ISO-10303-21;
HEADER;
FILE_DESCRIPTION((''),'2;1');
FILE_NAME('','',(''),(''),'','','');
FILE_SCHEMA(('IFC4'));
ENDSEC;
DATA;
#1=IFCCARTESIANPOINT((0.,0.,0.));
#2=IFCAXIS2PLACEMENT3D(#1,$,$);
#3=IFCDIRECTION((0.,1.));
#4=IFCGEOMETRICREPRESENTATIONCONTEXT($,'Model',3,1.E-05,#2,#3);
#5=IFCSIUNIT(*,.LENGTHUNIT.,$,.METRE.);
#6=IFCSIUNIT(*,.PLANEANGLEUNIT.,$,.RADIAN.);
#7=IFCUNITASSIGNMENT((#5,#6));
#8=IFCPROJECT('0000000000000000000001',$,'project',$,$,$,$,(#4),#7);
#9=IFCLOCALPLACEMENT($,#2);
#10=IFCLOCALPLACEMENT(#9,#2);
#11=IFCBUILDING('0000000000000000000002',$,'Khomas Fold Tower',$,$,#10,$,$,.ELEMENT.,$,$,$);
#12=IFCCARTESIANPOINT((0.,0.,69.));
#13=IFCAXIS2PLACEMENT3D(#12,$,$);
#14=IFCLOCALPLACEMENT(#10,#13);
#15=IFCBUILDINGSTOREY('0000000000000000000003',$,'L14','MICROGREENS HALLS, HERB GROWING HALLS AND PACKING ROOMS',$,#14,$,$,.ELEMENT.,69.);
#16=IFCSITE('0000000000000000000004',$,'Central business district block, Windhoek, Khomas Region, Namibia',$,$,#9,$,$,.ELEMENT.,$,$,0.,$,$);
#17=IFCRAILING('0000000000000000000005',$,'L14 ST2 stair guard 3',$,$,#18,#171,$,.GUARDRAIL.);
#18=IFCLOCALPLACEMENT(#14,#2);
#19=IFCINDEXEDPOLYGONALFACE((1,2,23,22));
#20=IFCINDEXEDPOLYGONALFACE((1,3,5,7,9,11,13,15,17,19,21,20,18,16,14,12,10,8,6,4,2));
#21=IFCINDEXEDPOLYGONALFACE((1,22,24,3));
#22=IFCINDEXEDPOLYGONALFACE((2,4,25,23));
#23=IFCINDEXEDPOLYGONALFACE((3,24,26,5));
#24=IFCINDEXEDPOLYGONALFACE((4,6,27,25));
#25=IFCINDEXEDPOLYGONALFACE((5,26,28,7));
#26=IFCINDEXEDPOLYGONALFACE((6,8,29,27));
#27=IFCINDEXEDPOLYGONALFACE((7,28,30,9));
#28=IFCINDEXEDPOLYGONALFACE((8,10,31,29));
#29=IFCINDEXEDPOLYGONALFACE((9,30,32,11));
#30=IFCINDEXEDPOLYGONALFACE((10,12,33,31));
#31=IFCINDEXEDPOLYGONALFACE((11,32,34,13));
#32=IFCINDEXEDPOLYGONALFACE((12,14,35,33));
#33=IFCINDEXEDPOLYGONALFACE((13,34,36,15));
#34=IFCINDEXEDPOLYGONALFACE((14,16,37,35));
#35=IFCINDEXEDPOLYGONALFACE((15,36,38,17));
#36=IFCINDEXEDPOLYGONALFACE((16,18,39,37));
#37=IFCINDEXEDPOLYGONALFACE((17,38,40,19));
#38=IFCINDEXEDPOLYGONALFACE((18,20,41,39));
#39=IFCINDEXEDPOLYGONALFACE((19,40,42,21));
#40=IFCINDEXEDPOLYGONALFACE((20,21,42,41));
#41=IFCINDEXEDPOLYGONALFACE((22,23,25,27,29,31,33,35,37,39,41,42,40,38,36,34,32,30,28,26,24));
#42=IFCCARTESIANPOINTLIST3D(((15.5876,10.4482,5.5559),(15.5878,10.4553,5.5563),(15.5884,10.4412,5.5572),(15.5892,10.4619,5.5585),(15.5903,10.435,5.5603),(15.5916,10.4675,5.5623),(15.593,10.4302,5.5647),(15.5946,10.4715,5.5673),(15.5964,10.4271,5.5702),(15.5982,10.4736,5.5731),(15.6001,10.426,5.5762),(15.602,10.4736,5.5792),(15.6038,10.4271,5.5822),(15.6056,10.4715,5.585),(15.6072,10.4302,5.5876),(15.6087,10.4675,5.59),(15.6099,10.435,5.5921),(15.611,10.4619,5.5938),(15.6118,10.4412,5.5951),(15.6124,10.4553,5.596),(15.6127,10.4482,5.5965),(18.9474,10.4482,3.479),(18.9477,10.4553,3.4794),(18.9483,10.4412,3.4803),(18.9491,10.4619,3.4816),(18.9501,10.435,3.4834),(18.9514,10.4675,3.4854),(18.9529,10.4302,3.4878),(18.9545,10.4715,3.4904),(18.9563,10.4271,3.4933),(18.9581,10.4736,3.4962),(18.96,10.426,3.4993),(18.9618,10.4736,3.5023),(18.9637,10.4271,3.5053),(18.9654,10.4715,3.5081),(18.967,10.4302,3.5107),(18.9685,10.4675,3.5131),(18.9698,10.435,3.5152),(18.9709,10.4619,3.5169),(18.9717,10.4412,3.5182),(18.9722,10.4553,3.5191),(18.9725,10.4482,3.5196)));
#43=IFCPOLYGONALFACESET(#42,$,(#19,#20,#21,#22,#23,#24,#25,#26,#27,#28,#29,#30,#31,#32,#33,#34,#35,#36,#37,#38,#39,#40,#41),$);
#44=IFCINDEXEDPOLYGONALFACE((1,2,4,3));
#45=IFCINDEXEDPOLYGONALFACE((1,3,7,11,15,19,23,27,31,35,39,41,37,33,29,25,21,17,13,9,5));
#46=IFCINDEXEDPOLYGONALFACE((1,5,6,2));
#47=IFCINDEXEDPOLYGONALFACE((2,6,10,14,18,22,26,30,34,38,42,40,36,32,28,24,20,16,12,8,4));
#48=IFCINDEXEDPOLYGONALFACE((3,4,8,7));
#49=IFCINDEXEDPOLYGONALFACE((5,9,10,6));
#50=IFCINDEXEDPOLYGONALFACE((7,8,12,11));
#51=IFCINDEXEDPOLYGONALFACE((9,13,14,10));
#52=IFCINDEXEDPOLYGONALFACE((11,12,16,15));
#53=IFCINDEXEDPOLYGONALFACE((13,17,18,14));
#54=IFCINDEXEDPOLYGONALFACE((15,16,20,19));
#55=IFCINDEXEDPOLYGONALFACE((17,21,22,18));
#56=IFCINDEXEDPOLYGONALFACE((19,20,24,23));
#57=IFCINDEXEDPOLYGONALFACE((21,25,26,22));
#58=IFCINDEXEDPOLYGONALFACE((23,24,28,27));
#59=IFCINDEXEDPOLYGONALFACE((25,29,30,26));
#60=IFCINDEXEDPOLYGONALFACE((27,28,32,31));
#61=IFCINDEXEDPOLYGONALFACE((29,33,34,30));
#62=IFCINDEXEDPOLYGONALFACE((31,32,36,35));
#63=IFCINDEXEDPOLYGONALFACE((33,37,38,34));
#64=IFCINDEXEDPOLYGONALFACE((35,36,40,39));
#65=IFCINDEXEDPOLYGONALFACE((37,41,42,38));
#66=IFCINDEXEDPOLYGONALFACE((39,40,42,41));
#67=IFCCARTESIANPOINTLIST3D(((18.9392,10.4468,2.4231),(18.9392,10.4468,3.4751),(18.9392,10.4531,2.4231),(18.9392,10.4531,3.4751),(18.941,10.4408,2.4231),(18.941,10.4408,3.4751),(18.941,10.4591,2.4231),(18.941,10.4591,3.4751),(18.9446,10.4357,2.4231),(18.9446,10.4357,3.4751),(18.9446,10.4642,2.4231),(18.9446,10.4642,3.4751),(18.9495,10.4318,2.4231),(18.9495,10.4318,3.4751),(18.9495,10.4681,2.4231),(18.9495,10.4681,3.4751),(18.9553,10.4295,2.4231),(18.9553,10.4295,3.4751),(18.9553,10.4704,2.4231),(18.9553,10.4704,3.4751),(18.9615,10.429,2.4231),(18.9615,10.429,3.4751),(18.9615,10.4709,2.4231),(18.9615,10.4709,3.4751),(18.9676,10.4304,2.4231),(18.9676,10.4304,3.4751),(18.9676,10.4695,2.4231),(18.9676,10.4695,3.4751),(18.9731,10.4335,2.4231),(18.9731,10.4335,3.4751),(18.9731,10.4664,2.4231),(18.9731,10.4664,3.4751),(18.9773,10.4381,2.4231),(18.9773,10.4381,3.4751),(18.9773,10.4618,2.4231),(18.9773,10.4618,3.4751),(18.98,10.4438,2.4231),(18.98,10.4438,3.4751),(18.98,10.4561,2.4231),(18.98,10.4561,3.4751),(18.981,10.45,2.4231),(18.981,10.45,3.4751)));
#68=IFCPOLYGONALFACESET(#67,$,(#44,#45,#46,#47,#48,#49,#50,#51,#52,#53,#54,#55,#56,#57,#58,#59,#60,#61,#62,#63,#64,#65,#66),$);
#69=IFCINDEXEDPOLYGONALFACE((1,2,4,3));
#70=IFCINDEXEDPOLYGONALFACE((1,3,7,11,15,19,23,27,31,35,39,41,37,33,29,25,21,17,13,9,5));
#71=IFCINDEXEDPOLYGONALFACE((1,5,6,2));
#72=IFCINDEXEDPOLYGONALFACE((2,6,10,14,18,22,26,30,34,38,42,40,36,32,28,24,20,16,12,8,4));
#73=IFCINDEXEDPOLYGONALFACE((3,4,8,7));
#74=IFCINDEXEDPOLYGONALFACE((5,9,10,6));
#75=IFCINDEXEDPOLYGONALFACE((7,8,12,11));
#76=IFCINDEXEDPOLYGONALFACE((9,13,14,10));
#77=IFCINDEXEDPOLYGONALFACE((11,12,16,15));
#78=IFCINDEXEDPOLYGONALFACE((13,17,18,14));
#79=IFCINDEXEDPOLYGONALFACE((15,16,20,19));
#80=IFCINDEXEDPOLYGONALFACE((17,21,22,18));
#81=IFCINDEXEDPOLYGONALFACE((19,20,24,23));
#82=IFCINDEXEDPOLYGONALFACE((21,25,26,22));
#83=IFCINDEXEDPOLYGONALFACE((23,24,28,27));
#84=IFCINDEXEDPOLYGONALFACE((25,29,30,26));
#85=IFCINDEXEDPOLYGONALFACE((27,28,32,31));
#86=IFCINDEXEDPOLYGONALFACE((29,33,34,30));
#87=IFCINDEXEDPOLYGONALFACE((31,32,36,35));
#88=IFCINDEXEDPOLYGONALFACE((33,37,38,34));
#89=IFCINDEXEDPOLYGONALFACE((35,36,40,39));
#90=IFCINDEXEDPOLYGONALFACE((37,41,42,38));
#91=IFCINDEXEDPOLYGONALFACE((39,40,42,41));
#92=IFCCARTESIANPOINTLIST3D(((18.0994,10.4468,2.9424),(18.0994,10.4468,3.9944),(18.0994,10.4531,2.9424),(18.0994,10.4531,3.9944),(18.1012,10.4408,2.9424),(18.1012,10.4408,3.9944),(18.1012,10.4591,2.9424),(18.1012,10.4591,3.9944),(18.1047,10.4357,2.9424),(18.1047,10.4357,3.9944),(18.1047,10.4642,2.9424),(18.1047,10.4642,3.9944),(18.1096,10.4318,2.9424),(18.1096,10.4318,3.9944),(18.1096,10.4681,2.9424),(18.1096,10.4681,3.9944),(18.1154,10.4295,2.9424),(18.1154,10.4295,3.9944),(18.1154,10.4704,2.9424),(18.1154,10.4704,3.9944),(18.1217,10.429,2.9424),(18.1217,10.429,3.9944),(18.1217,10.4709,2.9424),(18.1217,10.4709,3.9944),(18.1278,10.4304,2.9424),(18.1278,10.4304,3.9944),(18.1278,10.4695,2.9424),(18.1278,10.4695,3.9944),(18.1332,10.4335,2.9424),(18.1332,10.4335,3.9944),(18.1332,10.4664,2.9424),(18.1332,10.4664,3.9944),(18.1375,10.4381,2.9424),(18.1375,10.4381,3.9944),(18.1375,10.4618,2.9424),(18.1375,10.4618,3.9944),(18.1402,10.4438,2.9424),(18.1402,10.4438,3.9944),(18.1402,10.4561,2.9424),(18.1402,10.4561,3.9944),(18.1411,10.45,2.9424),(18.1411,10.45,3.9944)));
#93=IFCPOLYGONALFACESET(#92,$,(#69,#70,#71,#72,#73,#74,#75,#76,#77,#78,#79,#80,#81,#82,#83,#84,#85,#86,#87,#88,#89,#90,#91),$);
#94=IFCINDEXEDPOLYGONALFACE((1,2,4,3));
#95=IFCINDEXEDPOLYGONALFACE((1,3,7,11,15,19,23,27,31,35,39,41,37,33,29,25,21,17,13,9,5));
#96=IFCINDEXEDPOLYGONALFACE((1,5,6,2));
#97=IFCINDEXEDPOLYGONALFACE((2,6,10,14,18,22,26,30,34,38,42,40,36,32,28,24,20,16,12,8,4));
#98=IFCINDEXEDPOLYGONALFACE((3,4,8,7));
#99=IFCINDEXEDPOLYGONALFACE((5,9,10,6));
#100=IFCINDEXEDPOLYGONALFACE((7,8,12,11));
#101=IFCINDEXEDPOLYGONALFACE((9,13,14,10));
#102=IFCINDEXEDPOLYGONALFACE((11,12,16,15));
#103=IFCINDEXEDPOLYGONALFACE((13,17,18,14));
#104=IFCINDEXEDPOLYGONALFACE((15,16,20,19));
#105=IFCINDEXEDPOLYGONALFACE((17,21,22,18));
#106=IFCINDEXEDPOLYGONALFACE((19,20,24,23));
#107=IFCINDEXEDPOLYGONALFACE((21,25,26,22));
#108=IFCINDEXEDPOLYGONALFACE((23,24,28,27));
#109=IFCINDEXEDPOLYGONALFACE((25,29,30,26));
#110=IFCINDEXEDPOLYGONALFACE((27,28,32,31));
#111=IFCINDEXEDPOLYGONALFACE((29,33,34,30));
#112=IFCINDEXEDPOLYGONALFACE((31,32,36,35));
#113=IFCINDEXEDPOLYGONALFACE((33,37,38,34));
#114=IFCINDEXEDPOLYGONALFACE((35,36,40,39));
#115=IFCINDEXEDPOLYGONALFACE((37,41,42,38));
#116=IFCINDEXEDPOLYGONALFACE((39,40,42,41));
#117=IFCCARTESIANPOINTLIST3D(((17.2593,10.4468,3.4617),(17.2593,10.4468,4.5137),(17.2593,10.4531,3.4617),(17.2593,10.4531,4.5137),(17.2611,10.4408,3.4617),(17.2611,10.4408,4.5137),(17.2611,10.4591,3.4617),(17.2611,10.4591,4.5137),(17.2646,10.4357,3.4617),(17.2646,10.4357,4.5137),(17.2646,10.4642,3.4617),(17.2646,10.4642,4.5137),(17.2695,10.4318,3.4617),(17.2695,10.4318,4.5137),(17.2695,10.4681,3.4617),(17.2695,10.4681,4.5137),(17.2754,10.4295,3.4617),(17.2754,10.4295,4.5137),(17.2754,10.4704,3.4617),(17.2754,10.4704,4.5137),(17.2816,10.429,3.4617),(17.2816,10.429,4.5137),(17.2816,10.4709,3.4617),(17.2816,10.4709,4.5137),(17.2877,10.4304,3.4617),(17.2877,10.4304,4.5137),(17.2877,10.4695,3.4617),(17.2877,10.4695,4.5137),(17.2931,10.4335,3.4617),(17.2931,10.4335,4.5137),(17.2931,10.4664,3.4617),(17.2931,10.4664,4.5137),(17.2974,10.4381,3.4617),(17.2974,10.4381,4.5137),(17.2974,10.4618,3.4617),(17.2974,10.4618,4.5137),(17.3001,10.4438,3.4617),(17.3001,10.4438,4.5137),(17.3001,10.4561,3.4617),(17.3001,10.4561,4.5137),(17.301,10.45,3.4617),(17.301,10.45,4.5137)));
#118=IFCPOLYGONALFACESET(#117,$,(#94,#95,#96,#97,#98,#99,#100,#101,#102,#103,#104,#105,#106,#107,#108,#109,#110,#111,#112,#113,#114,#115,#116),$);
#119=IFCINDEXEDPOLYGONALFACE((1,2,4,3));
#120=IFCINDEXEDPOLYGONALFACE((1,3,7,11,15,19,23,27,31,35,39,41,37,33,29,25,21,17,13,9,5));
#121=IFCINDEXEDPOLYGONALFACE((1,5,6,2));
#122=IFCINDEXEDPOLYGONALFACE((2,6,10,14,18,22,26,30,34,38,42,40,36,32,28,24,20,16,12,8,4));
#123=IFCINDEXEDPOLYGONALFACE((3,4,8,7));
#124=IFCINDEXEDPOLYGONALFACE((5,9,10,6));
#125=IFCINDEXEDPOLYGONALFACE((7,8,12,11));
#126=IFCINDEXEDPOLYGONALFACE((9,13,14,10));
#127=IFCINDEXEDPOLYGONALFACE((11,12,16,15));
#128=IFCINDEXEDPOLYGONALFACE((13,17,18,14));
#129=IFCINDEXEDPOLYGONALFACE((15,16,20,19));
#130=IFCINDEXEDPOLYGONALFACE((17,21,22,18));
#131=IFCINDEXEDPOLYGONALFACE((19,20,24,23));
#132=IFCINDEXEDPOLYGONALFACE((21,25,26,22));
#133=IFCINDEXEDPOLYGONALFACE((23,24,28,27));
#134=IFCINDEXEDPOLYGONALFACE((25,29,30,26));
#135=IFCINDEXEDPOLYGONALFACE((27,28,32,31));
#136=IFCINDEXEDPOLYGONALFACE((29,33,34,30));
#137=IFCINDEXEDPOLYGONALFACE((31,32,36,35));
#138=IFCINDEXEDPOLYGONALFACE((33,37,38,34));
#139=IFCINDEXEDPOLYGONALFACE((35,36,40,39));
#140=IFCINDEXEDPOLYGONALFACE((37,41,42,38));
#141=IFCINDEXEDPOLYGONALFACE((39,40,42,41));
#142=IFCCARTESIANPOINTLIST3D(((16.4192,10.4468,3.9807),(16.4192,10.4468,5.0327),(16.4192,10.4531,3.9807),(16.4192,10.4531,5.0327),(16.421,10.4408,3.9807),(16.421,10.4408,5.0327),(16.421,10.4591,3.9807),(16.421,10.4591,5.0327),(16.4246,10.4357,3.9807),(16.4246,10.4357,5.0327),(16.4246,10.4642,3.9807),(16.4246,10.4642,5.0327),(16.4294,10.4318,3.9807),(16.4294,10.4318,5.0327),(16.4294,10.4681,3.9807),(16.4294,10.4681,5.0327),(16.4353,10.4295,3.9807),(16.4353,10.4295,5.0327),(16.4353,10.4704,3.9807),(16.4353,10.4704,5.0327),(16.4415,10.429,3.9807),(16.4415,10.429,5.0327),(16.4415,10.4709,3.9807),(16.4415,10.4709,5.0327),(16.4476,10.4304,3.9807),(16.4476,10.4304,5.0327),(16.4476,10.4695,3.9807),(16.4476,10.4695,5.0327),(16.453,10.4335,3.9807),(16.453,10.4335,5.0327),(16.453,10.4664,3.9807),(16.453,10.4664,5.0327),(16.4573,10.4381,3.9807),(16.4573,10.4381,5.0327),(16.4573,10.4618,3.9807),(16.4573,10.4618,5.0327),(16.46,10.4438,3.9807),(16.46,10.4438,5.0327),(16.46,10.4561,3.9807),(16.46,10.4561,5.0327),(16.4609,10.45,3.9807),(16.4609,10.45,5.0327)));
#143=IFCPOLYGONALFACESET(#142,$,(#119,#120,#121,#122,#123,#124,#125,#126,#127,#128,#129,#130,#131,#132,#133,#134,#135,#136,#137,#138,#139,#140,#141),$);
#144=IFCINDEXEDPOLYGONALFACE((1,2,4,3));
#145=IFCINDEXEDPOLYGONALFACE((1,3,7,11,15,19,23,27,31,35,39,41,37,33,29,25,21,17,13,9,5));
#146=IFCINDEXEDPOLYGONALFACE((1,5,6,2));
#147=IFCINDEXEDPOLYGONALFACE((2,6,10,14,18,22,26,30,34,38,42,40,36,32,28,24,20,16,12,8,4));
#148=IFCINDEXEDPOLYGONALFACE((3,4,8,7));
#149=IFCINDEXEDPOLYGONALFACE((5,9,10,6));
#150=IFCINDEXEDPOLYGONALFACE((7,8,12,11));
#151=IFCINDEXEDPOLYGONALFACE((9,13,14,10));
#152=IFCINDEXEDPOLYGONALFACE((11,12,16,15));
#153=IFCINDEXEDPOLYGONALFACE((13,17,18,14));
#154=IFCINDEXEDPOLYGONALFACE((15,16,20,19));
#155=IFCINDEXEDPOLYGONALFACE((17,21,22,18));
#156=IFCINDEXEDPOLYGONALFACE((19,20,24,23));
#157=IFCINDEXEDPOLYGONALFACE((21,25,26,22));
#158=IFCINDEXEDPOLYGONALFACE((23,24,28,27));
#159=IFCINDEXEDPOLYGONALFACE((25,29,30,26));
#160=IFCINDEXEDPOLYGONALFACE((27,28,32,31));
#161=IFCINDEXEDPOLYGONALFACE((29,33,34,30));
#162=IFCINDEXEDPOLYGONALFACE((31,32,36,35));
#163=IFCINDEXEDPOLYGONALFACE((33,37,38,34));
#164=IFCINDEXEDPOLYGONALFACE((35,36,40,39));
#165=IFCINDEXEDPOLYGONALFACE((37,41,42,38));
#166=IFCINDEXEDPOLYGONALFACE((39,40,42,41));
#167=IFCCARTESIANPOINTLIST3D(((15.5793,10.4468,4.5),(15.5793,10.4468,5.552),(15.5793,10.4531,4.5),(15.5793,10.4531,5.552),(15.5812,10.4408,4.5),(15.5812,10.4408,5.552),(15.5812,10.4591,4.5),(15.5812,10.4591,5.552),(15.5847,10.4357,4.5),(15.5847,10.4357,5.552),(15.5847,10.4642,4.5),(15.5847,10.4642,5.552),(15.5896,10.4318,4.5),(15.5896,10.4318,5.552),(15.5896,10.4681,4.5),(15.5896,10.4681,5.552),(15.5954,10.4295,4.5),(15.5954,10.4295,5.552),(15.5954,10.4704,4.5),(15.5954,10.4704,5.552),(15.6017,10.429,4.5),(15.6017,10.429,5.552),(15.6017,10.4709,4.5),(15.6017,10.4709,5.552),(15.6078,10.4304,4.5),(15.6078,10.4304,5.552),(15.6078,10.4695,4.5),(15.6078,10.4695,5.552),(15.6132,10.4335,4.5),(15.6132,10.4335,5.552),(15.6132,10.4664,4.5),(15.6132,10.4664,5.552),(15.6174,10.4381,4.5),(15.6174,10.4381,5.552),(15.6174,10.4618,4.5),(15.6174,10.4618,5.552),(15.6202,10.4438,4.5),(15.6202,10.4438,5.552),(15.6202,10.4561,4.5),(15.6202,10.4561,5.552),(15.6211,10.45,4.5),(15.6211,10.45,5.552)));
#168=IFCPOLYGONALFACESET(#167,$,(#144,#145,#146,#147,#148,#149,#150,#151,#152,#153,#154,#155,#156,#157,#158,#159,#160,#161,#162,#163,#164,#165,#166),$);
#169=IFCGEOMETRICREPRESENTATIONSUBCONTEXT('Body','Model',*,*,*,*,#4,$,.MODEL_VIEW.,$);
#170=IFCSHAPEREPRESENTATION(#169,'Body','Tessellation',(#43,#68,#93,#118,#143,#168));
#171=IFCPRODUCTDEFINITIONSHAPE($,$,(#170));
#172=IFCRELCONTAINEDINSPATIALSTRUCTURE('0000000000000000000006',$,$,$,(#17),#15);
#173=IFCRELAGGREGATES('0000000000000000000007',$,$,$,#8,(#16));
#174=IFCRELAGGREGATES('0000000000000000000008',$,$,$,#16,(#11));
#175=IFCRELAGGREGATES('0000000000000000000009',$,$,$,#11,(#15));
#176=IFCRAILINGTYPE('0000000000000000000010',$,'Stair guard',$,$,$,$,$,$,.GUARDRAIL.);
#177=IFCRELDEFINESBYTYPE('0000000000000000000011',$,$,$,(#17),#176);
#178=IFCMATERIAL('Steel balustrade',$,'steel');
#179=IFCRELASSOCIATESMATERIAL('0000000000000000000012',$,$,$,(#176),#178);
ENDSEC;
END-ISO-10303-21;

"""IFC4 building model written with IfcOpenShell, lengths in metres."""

from ifc_helpers import new_model, si_unit, direction, frame, origin, origin_2d, place, context, subcontext, project, spatial, circle, extrude, source, transform, mapped, material, type_object, element, save


model = new_model("IFC4")

# Units and contexts
model_context = context("Model", 3, precision=1e-05, world=origin(), true_north=direction((0.0, 1.0)))
body_context = subcontext(model_context, "Body", "Model", "MODEL_VIEW")
ifc_project = project(units=[si_unit("LENGTHUNIT", "METRE"), si_unit("PLANEANGLEUNIT", "RADIAN")], contexts=[model_context])

# Site, building, storey
site_placement = place(None, origin())
site = spatial("IfcSite", under=ifc_project, at=site_placement, Name="Central business district block, Windhoek, Khomas Region, Namibia", CompositionType="ELEMENT", RefElevation=0.0)
building_placement = place(site_placement, origin())
building = spatial("IfcBuilding", under=site, at=building_placement, Name="Khomas Fold Tower", CompositionType="ELEMENT")
storey_placement = place(building_placement, frame((0.0, 0.0, 69.0)))
storey = spatial("IfcBuildingStorey", under=building, at=storey_placement, Name="L14", Description="MICROGREENS HALLS, HERB GROWING HALLS AND PACKING ROOMS", CompositionType="ELEMENT", Elevation=69.0)

# Railing
ifc_material_1 = material(Name="Steel balustrade", Category="steel")
railing_type_1 = type_object("IfcRailingType", Name="Stair guard", PredefinedType="GUARDRAIL", material=ifc_material_1)
shared_shape_1 = source(origin(), body_context, "Body", "SweptSolid", [
    extrude(circle(Radius=0.0239, at=origin_2d()), frame((0.0, 0.0, 1.0762), z_axis=(-0.850606, 0.0, 0.525803), x_axis=(0.0, -1.0, 0.0)), (0.0, 0.0, 1.0), 3.95),
    extrude(circle(Radius=0.021, at=origin_2d()), origin(), (0.0, 0.0, 1.0), 1.052),
    extrude(circle(Radius=0.021, at=origin_2d()), frame((-0.8398, 0.0, 0.5193)), (0.0, 0.0, 1.0), 1.052),
    extrude(circle(Radius=0.021, at=origin_2d()), frame((-1.6799, 0.0, 1.0386)), (0.0, 0.0, 1.0), 1.052),
    extrude(circle(Radius=0.021, at=origin_2d()), frame((-2.52, 0.0, 1.5576)), (0.0, 0.0, 1.0), 1.052),
    extrude(circle(Radius=0.021, at=origin_2d()), frame((-3.3599, 0.0, 2.0769)), (0.0, 0.0, 1.0), 1.052),
])
railing_1_placement = place(storey_placement, frame((18.96, 10.45, 2.4231)))
element("IfcRailing", 1, at=railing_1_placement, inside=storey, type_object=railing_type_1, Name="L14 ST2 stair guard 3", PredefinedType="GUARDRAIL", context=body_context, shape_type="MappedRepresentation", body=[
    mapped(shared_shape_1, transform((0.0, 0.0, 0.0))),
])

save(model, "model.ifc")
